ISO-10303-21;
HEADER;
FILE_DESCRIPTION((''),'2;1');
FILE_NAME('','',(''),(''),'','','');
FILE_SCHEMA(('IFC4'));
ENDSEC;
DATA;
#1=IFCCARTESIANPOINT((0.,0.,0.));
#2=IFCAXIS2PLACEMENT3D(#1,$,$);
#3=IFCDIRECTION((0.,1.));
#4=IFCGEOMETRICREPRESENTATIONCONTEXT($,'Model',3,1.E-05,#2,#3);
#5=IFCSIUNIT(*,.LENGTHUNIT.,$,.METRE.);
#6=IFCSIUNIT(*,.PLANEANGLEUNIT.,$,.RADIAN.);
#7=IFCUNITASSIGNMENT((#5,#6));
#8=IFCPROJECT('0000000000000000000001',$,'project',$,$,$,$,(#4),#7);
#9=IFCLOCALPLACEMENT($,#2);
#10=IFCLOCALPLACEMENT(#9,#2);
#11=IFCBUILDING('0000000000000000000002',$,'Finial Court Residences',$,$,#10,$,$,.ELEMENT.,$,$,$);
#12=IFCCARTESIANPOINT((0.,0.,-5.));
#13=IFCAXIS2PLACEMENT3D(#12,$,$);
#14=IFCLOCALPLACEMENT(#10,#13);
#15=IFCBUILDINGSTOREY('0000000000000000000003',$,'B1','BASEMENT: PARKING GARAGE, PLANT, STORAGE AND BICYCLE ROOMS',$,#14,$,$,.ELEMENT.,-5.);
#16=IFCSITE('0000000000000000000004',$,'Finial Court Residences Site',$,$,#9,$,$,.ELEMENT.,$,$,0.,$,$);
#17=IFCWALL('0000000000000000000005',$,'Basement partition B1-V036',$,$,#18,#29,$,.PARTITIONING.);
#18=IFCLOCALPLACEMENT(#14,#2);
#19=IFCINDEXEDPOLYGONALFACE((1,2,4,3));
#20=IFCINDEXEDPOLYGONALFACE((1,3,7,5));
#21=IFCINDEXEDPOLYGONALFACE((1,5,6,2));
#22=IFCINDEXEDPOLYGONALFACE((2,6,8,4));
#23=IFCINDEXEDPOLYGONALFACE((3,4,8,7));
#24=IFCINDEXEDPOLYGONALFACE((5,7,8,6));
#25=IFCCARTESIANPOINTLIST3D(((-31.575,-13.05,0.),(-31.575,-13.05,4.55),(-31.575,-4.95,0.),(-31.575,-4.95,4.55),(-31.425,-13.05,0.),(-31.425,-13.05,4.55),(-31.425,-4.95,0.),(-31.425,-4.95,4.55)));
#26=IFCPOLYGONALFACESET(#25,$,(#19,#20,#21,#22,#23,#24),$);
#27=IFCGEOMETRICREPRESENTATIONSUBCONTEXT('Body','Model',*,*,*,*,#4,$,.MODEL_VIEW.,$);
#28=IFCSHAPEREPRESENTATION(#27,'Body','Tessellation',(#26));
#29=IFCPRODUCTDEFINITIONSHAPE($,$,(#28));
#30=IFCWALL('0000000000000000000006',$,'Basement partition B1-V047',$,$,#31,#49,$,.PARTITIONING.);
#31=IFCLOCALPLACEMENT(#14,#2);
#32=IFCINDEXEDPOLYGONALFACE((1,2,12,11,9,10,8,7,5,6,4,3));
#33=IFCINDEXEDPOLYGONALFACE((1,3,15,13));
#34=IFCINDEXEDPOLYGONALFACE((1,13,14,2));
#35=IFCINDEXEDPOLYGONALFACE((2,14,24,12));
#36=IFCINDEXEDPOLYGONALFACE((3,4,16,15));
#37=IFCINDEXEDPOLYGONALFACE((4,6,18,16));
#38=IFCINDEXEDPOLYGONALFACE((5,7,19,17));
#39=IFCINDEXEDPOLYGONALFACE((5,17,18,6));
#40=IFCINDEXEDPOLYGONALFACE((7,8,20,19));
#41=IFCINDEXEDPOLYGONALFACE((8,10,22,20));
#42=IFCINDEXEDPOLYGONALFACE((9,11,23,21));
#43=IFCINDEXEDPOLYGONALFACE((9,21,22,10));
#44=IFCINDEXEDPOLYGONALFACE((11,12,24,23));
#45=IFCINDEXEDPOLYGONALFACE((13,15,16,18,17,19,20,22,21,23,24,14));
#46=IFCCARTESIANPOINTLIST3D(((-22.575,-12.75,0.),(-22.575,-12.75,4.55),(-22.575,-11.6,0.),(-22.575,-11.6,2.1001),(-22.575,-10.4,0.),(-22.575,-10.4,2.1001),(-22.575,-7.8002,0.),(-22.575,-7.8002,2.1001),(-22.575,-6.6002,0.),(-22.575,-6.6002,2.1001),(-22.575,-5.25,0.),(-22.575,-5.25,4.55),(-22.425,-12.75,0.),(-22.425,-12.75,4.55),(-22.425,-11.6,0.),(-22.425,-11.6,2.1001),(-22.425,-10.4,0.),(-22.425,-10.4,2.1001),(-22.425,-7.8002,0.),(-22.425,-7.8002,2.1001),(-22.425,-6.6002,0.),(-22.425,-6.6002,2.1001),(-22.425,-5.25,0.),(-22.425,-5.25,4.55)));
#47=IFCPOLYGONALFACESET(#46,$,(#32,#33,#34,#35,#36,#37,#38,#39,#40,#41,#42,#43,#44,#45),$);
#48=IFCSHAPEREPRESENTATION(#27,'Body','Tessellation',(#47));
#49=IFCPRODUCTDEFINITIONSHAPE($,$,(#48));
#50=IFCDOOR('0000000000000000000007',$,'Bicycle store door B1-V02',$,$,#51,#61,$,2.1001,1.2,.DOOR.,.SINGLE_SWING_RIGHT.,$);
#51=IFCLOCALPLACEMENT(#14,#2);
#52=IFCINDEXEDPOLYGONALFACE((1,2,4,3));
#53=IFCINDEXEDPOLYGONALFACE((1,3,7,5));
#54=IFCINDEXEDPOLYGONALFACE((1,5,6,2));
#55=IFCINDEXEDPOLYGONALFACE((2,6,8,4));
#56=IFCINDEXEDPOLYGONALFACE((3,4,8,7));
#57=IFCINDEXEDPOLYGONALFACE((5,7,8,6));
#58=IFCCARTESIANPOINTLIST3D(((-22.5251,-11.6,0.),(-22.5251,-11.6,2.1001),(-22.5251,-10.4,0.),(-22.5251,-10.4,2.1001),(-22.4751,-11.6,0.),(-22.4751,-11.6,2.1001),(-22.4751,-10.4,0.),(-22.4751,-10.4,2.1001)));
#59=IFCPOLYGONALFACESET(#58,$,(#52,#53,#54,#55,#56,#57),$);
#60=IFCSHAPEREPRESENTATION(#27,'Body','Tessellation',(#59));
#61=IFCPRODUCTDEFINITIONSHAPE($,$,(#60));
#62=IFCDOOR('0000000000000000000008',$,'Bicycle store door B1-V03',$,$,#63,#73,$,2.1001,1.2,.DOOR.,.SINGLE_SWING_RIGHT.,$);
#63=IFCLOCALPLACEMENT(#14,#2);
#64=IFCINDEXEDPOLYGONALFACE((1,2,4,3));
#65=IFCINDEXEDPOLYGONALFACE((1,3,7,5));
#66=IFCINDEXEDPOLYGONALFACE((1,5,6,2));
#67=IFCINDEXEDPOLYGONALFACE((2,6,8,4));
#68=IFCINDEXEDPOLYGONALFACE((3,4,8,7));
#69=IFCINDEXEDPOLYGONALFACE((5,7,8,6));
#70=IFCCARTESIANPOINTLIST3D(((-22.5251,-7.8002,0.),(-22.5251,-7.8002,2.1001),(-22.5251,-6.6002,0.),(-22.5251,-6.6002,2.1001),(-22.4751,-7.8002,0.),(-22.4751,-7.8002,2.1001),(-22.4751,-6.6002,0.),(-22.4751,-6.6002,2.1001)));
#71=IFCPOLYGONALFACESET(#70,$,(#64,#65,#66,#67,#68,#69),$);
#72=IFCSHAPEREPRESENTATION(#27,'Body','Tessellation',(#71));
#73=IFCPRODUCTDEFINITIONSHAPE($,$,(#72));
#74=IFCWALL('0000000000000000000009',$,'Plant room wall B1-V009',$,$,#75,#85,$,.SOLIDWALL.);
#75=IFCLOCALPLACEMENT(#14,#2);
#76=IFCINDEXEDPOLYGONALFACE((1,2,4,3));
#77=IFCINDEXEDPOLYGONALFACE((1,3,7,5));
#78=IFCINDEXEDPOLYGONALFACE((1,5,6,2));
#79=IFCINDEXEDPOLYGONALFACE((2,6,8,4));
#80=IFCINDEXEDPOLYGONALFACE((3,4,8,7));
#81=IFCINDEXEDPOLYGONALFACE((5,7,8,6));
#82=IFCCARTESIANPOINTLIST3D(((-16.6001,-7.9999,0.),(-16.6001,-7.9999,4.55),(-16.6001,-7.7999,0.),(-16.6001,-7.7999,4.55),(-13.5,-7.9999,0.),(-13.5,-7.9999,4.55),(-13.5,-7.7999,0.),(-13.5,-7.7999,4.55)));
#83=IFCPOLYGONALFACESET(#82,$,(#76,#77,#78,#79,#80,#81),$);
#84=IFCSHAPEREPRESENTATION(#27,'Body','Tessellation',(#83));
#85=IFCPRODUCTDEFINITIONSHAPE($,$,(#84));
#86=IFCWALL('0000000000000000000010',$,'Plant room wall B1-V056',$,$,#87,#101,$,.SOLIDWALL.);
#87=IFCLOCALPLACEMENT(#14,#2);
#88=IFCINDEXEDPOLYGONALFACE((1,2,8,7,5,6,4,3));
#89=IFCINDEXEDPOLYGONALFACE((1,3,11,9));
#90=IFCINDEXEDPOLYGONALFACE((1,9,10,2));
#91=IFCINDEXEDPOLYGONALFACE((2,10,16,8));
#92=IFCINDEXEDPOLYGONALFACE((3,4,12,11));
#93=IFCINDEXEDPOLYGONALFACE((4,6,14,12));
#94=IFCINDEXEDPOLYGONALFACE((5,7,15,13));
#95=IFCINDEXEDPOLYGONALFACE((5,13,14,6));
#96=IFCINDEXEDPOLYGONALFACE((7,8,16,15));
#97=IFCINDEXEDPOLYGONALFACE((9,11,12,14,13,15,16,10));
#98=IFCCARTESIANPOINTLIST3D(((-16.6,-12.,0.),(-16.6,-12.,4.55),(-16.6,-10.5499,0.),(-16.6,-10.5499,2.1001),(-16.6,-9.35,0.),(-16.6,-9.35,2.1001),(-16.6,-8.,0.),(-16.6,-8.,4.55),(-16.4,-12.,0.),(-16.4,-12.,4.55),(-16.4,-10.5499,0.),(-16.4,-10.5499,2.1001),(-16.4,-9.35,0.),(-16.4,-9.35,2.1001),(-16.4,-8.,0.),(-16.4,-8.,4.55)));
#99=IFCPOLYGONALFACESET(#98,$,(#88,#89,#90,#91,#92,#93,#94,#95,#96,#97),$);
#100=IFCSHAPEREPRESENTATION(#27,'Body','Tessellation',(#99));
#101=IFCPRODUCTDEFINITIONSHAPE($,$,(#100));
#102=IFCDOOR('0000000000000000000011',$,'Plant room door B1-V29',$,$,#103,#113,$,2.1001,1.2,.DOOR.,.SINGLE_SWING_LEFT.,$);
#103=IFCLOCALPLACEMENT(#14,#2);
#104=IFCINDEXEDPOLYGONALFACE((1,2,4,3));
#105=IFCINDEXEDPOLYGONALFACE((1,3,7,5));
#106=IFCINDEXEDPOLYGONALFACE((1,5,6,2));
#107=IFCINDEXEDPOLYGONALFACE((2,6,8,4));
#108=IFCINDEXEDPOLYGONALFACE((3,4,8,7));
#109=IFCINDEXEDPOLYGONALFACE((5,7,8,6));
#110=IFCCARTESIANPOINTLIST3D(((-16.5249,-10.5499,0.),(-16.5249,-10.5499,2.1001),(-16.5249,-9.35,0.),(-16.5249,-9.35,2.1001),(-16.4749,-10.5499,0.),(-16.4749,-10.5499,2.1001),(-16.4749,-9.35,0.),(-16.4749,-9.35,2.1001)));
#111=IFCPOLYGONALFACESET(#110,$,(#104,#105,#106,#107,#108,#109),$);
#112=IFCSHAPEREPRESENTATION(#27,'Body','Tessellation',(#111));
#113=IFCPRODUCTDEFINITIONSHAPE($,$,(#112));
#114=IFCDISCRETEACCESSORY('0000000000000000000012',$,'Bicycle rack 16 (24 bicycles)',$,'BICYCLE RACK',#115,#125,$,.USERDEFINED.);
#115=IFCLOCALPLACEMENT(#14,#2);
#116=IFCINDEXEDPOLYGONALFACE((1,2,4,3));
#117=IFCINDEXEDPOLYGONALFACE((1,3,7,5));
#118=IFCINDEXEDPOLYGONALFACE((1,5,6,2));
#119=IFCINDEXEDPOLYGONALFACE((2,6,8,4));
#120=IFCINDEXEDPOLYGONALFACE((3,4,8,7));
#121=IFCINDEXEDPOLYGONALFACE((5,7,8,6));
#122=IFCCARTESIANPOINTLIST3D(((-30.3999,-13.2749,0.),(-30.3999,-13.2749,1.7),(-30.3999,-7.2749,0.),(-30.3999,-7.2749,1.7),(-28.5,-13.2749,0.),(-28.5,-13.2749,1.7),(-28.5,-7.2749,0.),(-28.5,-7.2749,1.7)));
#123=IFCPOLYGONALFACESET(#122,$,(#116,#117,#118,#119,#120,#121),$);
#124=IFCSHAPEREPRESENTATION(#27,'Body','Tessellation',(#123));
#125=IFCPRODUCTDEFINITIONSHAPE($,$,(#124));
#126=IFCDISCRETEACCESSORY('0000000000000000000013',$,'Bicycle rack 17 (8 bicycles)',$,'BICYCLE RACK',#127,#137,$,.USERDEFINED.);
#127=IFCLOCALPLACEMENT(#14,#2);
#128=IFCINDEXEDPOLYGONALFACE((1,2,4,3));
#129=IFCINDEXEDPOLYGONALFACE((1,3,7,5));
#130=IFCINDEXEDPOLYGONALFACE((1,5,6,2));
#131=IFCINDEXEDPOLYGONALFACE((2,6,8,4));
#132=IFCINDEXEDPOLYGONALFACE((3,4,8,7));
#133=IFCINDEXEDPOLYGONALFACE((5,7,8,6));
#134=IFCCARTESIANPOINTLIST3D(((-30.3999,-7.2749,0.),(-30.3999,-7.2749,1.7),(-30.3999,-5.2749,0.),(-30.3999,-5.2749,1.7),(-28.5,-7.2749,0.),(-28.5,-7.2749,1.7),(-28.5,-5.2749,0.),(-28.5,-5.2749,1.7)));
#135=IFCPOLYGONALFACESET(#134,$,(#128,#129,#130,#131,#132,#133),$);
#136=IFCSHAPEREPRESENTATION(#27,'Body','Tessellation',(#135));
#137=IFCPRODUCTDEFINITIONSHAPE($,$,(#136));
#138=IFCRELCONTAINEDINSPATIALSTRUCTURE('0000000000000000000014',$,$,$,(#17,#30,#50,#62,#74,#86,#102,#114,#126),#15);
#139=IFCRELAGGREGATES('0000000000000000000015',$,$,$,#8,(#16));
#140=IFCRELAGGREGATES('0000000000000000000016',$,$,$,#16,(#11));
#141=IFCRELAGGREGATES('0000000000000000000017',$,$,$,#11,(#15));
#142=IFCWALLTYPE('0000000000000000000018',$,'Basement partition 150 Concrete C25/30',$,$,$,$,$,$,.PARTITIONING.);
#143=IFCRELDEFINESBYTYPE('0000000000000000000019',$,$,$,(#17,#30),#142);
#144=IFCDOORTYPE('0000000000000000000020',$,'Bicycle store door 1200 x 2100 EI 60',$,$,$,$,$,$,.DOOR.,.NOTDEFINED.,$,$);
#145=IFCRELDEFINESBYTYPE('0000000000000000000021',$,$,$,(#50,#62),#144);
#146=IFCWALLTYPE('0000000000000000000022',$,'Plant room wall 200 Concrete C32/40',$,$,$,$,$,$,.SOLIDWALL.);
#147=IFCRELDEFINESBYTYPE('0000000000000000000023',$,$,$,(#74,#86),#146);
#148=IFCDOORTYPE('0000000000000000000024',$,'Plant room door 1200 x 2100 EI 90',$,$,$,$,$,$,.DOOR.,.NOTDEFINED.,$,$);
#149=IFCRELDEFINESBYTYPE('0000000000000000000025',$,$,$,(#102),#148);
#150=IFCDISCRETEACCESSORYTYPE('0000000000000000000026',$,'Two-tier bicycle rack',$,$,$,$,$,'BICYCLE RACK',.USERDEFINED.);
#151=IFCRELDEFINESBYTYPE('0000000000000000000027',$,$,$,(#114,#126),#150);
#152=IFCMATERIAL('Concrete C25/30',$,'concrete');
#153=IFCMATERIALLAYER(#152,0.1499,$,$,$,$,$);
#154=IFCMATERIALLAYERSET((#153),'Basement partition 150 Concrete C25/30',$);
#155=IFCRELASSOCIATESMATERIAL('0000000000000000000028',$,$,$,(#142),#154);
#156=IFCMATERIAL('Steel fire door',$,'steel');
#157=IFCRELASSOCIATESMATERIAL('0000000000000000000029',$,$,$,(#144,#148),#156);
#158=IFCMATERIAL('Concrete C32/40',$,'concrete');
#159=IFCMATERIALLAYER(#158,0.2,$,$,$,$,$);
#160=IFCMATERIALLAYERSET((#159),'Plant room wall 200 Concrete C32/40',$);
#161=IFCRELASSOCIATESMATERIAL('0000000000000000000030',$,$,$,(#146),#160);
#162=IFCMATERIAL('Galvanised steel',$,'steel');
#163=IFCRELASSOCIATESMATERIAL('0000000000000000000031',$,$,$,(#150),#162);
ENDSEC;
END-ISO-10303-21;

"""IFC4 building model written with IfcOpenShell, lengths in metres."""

from ifc_helpers import new_model, si_unit, direction, frame, frame_2d, origin, origin_2d, place, context, subcontext, project, spatial, rectangle, extrude, material, layer, layer_set, type_object, element, fill, save


model = new_model("IFC4")

# Units and contexts
model_context = context("Model", 3, precision=1e-05, world=origin(), true_north=direction((0.0, 1.0)))
body_context = subcontext(model_context, "Body", "Model", "MODEL_VIEW")
ifc_project = project(units=[si_unit("LENGTHUNIT", "METRE"), si_unit("PLANEANGLEUNIT", "RADIAN")], contexts=[model_context])

# Site, building, storey
site_placement = place(None, origin())
site = spatial("IfcSite", under=ifc_project, at=site_placement, Name="Finial Court Residences Site", CompositionType="ELEMENT", RefElevation=0.0)
building_placement = place(site_placement, origin())
building = spatial("IfcBuilding", under=site, at=building_placement, Name="Finial Court Residences", CompositionType="ELEMENT")
storey_placement = place(building_placement, frame((0.0, 0.0, -5.0)))
storey = spatial("IfcBuildingStorey", under=building, at=storey_placement, Name="B1", Description="BASEMENT: PARKING GARAGE, PLANT, STORAGE AND BICYCLE ROOMS", CompositionType="ELEMENT", Elevation=-5.0)

# Wall
ifc_material_1 = material(Name="Concrete C25/30", Category="concrete")
ifc_layer_1 = layer(ifc_material_1, 0.1499)
ifc_layer_set_1 = layer_set([ifc_layer_1], Name="Basement partition 150 Concrete C25/30")
wall_type_1 = type_object("IfcWallType", Name="Basement partition 150 Concrete C25/30", PredefinedType="PARTITIONING", material=ifc_layer_set_1)
wall_1_placement = place(storey_placement, frame((-31.5, -13.05, 0.0), z_axis=(0.0, 0.0, 1.0), x_axis=(0.0, 1.0, 0.0)))
element("IfcWall", 1, at=wall_1_placement, inside=storey, type_object=wall_type_1, Name="Basement partition B1-V036", PredefinedType="PARTITIONING", context=body_context, shape_type="SweptSolid", body=[
    extrude(rectangle(XDim=8.1001, YDim=0.1499, at=frame_2d((4.05, 0.0))), origin(), (0.0, 0.0, 1.0), 4.55),
])

# Wall, openings, doors
wall_2_placement = place(storey_placement, frame((-22.5, -5.25, 0.0), z_axis=(0.0, 0.0, 1.0), x_axis=(0.0, -1.0, 0.0)))
wall_2 = element("IfcWall", 2, at=wall_2_placement, inside=storey, type_object=wall_type_1, Name="Basement partition B1-V047", PredefinedType="PARTITIONING", context=body_context, shape_type="SweptSolid", body=[
    extrude(rectangle(XDim=7.5, YDim=0.1499, at=frame_2d((3.75, 0.0))), origin(), (0.0, 0.0, 1.0), 4.55),
])
opening_1_placement = place(wall_2_placement, frame((5.1499, 0.0, 0.0)))
opening_1 = element("IfcOpeningElement", 3, at=opening_1_placement, cuts=wall_2, PredefinedType="OPENING", context=body_context, shape_type="SweptSolid", body=[
    extrude(rectangle(XDim=1.2, YDim=2.1001, at=frame_2d((0.6001, 1.05))), frame((0.0, 0.085, 0.0), z_axis=(0.0, -1.0, 0.0), x_axis=(1.0, 0.0, 0.0)), (0.0, 0.0, 1.0), 0.1699),
])
opening_2_placement = place(wall_2_placement, frame((1.3501, 0.0, 0.0)))
opening_2 = element("IfcOpeningElement", 4, at=opening_2_placement, cuts=wall_2, PredefinedType="OPENING", context=body_context, shape_type="SweptSolid", body=[
    extrude(rectangle(XDim=1.2, YDim=2.1001, at=frame_2d((0.6001, 1.05))), frame((0.0, 0.085, 0.0), z_axis=(0.0, -1.0, 0.0), x_axis=(1.0, 0.0, 0.0)), (0.0, 0.0, 1.0), 0.1699),
])
ifc_material_2 = material(Name="Steel fire door", Category="steel")
door_type_1 = type_object("IfcDoorType", Name="Bicycle store door 1200 x 2100 EI 60", OperationType="NOTDEFINED", PredefinedType="DOOR", material=ifc_material_2)
door_1_placement = place(opening_1_placement, origin())
door_1 = element("IfcDoor", 5, at=door_1_placement, inside=storey, type_object=door_type_1, Name="Bicycle store door B1-V02", OperationType="SINGLE_SWING_RIGHT", OverallHeight=2.1001, OverallWidth=1.2, PredefinedType="DOOR", context=body_context, shape_type="SweptSolid", body=[
    extrude(rectangle(XDim=1.2, YDim=2.1001, at=frame_2d((0.6001, 1.05))), frame((0.0, 0.0249, 0.0), z_axis=(0.0, -1.0, 0.0), x_axis=(1.0, 0.0, 0.0)), (0.0, 0.0, 1.0), 0.05),
])
fill(opening_1, door_1)
door_2_placement = place(opening_2_placement, origin())
door_2 = element("IfcDoor", 6, at=door_2_placement, inside=storey, type_object=door_type_1, Name="Bicycle store door B1-V03", OperationType="SINGLE_SWING_RIGHT", OverallHeight=2.1001, OverallWidth=1.2, PredefinedType="DOOR", context=body_context, shape_type="SweptSolid", body=[
    extrude(rectangle(XDim=1.2, YDim=2.1001, at=frame_2d((0.6001, 1.05))), frame((0.0, 0.0249, 0.0), z_axis=(0.0, -1.0, 0.0), x_axis=(1.0, 0.0, 0.0)), (0.0, 0.0, 1.0), 0.05),
])
fill(opening_2, door_2)

# Wall
ifc_material_3 = material(Name="Concrete C32/40", Category="concrete")
ifc_layer_2 = layer(ifc_material_3, 0.2)
ifc_layer_set_2 = layer_set([ifc_layer_2], Name="Plant room wall 200 Concrete C32/40")
wall_type_2 = type_object("IfcWallType", Name="Plant room wall 200 Concrete C32/40", PredefinedType="SOLIDWALL", material=ifc_layer_set_2)
wall_3_placement = place(storey_placement, frame((-16.6001, -7.8999, 0.0), z_axis=(0.0, 0.0, 1.0), x_axis=(1.0, 0.0, 0.0)))
element("IfcWall", 7, at=wall_3_placement, inside=storey, type_object=wall_type_2, Name="Plant room wall B1-V009", PredefinedType="SOLIDWALL", context=body_context, shape_type="SweptSolid", body=[
    extrude(rectangle(XDim=3.1001, YDim=0.2, at=frame_2d((1.55, 0.0))), origin(), (0.0, 0.0, 1.0), 4.55),
])

# Wall, opening, door
wall_4_placement = place(storey_placement, frame((-16.5, -12.0, 0.0), z_axis=(0.0, 0.0, 1.0), x_axis=(0.0, 1.0, 0.0)))
wall_4 = element("IfcWall", 8, at=wall_4_placement, inside=storey, type_object=wall_type_2, Name="Plant room wall B1-V056", PredefinedType="SOLIDWALL", context=body_context, shape_type="SweptSolid", body=[
    extrude(rectangle(XDim=4.0, YDim=0.2, at=frame_2d((2.0, 0.0))), origin(), (0.0, 0.0, 1.0), 4.55),
])
opening_3_placement = place(wall_4_placement, frame((1.45, 0.0, 0.0)))
opening_3 = element("IfcOpeningElement", 9, at=opening_3_placement, cuts=wall_4, PredefinedType="OPENING", context=body_context, shape_type="SweptSolid", body=[
    extrude(rectangle(XDim=1.2, YDim=2.1001, at=frame_2d((0.6001, 1.05))), frame((0.0, 0.1099, 0.0), z_axis=(0.0, -1.0, 0.0), x_axis=(1.0, 0.0, 0.0)), (0.0, 0.0, 1.0), 0.22),
])
door_type_2 = type_object("IfcDoorType", Name="Plant room door 1200 x 2100 EI 90", OperationType="NOTDEFINED", PredefinedType="DOOR", material=ifc_material_2)
door_3_placement = place(opening_3_placement, origin())
door_3 = element("IfcDoor", 10, at=door_3_placement, inside=storey, type_object=door_type_2, Name="Plant room door B1-V29", OperationType="SINGLE_SWING_LEFT", OverallHeight=2.1001, OverallWidth=1.2, PredefinedType="DOOR", context=body_context, shape_type="SweptSolid", body=[
    extrude(rectangle(XDim=1.2, YDim=2.1001, at=frame_2d((0.6001, 1.05))), frame((0.0, 0.0249, 0.0), z_axis=(0.0, -1.0, 0.0), x_axis=(1.0, 0.0, 0.0)), (0.0, 0.0, 1.0), 0.05),
])
fill(opening_3, door_3)

# Discrete accessories
ifc_material_4 = material(Name="Galvanised steel", Category="steel")
discrete_accessory_type = type_object("IfcDiscreteAccessoryType", Name="Two-tier bicycle rack", ElementType="BICYCLE RACK", PredefinedType="USERDEFINED", material=ifc_material_4)
discrete_accessory_1_placement = place(storey_placement, frame((-29.45, -10.2749, 0.0), z_axis=(0.0, 0.0, 1.0), x_axis=(1.0, 0.0, 0.0)))
element("IfcDiscreteAccessory", 11, at=discrete_accessory_1_placement, inside=storey, type_object=discrete_accessory_type, Name="Bicycle rack 16 (24 bicycles)", ObjectType="BICYCLE RACK", PredefinedType="USERDEFINED", context=body_context, shape_type="SweptSolid", body=[
    extrude(rectangle(XDim=1.8999, YDim=6.0, at=origin_2d()), origin(), (0.0, 0.0, 1.0), 1.7),
])
discrete_accessory_2_placement = place(storey_placement, frame((-29.45, -6.2749, 0.0), z_axis=(0.0, 0.0, 1.0), x_axis=(1.0, 0.0, 0.0)))
element("IfcDiscreteAccessory", 12, at=discrete_accessory_2_placement, inside=storey, type_object=discrete_accessory_type, Name="Bicycle rack 17 (8 bicycles)", ObjectType="BICYCLE RACK", PredefinedType="USERDEFINED", context=body_context, shape_type="SweptSolid", body=[
    extrude(rectangle(XDim=1.8999, YDim=2.0, at=origin_2d()), origin(), (0.0, 0.0, 1.0), 1.7),
])

save(model, "model.ifc")
